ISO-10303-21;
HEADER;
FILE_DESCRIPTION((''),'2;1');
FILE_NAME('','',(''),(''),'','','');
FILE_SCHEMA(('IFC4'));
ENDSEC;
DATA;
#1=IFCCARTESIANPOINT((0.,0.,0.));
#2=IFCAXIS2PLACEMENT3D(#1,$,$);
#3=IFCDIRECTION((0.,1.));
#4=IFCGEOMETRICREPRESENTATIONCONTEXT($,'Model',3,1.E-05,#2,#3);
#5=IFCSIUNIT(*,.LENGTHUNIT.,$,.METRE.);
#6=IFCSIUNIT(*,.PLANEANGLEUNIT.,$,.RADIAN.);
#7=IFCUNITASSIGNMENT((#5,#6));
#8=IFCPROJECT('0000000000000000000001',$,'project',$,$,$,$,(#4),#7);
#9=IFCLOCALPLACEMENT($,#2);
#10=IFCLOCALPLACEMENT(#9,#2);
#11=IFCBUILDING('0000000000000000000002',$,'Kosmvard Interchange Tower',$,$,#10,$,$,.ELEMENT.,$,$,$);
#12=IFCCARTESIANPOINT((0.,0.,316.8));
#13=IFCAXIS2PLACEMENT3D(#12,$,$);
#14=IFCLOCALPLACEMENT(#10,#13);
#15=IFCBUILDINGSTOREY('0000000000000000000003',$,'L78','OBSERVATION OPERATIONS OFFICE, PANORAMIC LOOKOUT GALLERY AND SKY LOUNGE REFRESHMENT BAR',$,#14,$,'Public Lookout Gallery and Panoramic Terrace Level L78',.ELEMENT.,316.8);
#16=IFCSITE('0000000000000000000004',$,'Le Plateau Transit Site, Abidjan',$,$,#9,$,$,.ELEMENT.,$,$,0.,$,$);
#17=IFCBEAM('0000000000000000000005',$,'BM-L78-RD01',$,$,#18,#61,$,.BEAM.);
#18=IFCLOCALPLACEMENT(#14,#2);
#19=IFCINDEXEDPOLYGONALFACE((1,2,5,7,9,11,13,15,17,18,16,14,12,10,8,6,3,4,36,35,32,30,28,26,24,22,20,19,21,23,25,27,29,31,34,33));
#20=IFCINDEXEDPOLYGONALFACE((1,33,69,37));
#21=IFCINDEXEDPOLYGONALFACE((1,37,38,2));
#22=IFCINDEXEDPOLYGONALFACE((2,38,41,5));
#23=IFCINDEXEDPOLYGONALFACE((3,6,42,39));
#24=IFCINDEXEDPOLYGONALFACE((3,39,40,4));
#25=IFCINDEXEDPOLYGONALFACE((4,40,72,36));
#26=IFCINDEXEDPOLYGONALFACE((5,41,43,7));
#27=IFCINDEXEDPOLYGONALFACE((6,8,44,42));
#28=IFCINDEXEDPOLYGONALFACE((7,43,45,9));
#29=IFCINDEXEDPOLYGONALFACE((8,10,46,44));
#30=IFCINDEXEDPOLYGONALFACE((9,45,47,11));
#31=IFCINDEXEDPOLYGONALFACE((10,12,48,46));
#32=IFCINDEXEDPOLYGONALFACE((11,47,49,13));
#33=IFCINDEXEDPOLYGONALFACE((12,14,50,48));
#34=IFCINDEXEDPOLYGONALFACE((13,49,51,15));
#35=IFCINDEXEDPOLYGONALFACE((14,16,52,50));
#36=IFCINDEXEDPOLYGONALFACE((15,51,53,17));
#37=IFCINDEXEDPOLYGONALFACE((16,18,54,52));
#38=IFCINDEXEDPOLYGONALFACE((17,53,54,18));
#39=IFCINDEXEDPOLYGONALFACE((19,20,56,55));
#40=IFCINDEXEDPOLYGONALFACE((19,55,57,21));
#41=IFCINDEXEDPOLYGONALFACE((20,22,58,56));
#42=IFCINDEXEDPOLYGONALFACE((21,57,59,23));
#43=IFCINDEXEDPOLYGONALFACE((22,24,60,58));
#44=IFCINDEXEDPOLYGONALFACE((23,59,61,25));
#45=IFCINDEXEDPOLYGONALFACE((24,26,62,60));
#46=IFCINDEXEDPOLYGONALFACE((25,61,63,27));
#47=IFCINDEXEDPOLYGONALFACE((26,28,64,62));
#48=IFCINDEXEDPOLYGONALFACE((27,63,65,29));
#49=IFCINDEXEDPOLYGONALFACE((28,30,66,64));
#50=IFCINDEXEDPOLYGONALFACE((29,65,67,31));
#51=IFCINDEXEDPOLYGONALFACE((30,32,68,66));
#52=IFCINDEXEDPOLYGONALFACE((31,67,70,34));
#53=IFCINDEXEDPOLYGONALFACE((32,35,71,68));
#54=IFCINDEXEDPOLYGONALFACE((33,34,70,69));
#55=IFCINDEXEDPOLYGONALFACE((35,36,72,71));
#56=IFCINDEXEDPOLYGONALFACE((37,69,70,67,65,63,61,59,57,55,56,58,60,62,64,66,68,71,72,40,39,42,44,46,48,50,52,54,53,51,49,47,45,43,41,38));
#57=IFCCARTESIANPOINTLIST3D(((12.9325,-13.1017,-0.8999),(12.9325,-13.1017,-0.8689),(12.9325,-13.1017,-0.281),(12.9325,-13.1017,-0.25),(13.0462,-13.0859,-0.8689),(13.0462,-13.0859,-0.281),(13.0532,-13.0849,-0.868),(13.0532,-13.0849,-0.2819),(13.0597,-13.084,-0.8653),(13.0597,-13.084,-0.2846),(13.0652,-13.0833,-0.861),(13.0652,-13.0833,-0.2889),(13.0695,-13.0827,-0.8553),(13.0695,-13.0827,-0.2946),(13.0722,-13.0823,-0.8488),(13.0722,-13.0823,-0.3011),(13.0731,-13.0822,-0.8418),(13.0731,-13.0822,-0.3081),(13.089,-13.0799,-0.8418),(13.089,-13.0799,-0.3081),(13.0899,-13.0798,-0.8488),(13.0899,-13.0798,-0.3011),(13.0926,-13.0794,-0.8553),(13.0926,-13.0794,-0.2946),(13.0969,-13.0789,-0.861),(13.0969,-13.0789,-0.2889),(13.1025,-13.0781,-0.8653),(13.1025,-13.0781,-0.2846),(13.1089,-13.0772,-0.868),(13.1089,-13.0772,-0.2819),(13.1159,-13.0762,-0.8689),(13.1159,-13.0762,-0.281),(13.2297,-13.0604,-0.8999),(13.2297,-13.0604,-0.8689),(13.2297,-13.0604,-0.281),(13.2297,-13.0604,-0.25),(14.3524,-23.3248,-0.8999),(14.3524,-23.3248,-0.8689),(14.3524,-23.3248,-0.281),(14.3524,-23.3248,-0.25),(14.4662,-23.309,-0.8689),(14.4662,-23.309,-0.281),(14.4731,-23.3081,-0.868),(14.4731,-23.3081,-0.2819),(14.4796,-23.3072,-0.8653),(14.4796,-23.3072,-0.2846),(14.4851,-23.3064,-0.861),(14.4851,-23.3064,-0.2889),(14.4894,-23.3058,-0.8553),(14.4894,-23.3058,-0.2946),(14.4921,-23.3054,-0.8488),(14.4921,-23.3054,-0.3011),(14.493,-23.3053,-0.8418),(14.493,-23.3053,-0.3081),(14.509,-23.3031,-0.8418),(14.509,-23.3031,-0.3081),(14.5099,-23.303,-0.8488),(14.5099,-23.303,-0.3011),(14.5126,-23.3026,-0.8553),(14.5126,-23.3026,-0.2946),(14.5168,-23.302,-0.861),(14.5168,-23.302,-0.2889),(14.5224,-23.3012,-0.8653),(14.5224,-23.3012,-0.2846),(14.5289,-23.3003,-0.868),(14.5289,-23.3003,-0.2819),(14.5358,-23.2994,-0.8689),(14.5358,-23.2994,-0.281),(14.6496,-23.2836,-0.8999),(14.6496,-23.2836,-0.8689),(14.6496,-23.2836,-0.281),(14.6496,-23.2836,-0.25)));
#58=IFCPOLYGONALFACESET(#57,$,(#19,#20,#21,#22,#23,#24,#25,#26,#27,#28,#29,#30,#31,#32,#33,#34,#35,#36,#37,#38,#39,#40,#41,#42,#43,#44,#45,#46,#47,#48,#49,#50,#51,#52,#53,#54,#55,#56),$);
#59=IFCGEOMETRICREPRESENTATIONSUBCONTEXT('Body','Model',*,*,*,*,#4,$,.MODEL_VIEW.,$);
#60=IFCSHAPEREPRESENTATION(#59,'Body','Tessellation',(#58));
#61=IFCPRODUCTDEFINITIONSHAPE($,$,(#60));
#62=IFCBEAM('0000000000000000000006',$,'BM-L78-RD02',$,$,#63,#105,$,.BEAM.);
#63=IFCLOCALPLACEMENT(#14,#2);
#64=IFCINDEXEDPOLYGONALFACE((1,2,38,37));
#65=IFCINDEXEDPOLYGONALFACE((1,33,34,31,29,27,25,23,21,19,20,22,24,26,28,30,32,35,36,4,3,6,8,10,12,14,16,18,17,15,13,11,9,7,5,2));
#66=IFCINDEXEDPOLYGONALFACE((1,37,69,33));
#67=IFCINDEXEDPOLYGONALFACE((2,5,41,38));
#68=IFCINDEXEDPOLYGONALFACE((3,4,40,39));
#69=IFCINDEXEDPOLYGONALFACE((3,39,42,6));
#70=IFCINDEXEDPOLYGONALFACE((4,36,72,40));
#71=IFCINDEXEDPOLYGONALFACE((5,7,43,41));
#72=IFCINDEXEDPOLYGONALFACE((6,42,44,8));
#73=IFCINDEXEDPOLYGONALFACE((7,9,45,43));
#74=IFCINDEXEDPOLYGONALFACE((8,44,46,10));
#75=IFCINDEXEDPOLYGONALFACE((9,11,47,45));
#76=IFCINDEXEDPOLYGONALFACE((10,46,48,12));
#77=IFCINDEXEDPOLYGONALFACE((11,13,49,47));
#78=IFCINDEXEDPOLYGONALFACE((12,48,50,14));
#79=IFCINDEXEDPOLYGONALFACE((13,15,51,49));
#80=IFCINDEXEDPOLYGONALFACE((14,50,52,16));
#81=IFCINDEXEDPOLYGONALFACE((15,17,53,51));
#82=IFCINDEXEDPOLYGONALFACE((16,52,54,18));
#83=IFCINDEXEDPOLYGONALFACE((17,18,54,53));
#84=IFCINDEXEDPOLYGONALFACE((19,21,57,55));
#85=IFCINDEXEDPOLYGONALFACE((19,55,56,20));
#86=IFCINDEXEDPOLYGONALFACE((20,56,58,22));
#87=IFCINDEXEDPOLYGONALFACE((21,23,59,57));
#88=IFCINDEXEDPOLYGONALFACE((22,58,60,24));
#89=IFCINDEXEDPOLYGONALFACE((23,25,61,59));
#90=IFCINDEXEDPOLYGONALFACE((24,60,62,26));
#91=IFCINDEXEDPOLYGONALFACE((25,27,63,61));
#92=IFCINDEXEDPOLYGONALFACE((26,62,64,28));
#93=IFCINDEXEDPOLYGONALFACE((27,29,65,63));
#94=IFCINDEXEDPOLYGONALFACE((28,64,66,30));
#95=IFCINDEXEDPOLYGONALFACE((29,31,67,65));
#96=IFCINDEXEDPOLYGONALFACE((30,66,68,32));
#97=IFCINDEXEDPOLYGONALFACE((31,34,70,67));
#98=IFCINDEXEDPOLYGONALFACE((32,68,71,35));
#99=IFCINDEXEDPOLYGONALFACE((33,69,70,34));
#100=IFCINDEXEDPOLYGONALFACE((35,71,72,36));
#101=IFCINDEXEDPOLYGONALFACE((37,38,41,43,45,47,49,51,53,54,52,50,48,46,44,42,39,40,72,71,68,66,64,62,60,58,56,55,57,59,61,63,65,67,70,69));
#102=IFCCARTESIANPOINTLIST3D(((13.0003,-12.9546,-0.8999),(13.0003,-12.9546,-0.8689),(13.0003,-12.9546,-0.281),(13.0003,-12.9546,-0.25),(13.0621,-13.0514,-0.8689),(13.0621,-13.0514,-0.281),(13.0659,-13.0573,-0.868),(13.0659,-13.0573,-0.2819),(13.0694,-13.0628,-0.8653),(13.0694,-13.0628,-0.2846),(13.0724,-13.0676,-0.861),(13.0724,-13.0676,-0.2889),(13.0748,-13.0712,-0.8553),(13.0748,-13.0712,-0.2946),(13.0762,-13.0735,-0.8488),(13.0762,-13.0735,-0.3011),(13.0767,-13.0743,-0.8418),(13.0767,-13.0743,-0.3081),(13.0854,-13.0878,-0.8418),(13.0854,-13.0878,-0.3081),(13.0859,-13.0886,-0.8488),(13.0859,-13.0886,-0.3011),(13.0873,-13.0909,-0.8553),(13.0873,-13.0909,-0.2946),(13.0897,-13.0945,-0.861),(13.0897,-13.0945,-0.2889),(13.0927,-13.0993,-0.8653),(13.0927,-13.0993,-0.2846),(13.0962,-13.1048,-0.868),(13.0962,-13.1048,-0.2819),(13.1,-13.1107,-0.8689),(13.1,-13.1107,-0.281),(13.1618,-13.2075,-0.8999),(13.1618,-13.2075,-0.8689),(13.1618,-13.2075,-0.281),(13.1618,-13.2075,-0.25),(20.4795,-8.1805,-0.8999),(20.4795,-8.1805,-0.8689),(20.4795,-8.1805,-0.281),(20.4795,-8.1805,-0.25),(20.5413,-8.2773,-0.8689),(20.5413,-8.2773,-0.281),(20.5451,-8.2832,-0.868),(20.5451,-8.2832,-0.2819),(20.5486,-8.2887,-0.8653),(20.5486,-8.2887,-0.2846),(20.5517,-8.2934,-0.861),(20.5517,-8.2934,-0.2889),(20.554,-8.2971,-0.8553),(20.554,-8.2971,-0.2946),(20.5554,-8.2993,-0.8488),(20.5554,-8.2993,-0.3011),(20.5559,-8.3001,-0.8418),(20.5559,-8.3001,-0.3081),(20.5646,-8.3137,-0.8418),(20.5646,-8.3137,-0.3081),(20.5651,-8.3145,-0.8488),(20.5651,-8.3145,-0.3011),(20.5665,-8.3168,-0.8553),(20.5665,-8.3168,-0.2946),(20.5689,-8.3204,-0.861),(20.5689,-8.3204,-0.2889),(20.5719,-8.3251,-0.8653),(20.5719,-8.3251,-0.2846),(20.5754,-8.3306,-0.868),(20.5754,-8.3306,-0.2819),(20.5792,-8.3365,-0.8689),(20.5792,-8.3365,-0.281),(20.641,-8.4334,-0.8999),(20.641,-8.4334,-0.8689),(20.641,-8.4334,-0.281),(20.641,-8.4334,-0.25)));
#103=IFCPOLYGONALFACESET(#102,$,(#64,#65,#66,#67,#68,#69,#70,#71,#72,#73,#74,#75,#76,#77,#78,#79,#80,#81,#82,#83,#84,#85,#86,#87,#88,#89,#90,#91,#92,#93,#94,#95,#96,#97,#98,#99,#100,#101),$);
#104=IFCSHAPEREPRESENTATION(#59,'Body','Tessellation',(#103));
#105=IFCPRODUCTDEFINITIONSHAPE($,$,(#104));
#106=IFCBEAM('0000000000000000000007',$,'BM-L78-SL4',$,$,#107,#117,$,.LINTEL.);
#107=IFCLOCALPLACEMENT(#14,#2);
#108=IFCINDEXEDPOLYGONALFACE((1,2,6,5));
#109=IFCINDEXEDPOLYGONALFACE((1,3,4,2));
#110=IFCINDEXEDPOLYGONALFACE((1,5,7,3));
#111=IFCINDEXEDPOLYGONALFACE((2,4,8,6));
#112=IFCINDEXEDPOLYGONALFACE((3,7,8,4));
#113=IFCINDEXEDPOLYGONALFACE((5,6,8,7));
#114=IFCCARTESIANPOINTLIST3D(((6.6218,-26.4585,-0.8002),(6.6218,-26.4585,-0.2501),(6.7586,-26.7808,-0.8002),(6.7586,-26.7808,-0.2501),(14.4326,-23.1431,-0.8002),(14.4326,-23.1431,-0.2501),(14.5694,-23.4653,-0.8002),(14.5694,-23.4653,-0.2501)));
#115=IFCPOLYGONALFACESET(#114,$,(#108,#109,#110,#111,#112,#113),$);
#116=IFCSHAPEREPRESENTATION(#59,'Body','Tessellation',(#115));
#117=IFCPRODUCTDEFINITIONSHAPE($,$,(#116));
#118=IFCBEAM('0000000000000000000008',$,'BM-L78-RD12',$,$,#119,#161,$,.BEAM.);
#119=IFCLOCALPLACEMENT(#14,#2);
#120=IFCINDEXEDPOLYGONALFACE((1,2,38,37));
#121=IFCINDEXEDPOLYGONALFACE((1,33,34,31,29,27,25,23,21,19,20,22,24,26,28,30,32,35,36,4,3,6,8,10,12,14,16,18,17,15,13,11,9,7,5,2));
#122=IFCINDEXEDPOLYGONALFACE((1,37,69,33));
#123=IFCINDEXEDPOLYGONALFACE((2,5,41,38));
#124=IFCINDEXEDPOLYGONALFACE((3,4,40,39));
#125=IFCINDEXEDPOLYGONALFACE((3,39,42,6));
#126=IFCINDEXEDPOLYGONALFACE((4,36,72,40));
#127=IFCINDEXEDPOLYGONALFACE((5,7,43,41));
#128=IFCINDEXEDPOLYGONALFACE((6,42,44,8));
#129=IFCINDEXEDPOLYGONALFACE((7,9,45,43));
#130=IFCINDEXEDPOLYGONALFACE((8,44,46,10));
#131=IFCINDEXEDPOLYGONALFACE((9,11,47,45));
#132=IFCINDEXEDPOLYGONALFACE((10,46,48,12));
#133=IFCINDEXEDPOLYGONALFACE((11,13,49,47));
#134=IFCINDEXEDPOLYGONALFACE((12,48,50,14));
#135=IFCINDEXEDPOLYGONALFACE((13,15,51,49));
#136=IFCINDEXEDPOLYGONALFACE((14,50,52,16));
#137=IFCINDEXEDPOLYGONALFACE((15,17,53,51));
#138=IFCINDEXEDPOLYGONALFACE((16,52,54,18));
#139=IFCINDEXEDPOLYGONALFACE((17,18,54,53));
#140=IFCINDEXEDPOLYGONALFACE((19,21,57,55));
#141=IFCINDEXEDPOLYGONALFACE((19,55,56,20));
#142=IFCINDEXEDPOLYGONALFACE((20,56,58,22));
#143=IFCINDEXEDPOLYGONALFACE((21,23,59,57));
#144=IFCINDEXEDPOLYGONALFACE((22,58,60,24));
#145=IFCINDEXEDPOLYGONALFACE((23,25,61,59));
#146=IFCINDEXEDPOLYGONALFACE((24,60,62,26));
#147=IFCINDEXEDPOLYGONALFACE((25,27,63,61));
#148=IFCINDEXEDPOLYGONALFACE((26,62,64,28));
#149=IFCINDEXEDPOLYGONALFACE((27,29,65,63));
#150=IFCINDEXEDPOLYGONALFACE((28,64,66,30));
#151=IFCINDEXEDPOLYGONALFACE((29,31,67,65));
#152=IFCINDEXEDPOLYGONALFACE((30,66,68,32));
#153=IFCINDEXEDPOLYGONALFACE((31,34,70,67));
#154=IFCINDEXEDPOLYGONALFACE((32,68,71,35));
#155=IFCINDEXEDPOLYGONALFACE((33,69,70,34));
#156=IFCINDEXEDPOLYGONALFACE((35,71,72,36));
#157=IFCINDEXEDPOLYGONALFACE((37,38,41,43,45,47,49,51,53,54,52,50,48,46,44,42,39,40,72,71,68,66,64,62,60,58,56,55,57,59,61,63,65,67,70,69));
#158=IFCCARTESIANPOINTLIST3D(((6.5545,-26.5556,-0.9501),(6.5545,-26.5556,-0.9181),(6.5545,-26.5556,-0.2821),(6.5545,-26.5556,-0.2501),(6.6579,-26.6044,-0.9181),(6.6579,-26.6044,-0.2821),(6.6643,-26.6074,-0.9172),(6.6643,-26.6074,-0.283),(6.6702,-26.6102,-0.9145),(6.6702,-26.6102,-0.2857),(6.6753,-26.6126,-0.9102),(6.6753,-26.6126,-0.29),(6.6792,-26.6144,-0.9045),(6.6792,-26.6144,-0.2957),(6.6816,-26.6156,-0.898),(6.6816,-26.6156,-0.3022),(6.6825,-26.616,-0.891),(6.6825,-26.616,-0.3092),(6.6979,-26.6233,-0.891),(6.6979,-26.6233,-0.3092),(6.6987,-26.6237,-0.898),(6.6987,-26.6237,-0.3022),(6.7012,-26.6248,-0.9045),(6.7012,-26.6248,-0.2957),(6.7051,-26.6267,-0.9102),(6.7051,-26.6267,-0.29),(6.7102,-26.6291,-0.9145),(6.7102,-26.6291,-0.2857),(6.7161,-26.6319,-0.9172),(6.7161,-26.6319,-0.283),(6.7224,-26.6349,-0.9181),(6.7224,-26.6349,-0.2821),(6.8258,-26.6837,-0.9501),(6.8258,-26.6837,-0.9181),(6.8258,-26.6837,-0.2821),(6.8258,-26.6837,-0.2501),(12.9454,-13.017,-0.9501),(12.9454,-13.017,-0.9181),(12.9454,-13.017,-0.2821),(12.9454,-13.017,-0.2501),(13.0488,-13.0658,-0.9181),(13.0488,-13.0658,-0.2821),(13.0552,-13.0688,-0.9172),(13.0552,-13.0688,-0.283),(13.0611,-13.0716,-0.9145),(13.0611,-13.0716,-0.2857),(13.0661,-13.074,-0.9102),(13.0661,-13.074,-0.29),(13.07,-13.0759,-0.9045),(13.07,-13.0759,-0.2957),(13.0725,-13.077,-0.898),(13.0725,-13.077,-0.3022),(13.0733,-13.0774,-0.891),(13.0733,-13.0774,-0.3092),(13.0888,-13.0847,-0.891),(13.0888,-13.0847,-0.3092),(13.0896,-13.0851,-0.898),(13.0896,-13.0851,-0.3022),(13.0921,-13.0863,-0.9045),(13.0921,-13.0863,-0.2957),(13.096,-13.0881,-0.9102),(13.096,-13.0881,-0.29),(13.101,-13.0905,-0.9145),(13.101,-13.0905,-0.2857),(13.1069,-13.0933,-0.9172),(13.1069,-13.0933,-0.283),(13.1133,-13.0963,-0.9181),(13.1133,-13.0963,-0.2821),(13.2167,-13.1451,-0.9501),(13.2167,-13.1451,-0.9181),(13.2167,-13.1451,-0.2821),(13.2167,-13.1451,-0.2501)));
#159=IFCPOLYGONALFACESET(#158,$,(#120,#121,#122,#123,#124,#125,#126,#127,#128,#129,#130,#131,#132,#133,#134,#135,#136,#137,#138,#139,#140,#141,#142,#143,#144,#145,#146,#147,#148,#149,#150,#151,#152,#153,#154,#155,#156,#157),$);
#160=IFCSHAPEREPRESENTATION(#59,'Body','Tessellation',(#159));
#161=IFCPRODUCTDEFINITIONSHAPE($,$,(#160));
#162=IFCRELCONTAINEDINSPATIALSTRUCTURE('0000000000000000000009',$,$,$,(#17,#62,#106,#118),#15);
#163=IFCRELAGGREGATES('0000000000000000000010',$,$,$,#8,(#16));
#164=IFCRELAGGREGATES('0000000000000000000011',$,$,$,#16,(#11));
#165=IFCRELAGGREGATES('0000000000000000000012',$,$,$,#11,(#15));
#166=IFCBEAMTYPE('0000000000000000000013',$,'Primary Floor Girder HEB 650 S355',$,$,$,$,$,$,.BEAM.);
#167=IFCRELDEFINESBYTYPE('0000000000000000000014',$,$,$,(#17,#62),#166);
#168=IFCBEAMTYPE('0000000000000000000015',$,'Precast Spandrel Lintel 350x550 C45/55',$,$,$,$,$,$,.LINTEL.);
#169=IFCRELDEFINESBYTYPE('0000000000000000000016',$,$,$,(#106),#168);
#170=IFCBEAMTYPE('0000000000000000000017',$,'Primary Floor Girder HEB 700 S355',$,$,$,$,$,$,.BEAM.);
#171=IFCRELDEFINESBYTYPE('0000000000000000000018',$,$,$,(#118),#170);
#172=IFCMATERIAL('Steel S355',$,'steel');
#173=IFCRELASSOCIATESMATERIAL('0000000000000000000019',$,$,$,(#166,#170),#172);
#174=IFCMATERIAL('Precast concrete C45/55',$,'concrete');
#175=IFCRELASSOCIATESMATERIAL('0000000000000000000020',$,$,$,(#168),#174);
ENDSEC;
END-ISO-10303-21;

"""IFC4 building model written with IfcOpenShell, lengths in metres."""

from ifc_helpers import new_model, si_unit, direction, frame, origin, origin_2d, place, context, subcontext, project, spatial, rectangle, i_section, extrude, source, transform, mapped, material, material_profile, profile_set, type_object, element, save


model = new_model("IFC4")

# Units and contexts
model_context = context("Model", 3, precision=1e-05, world=origin(), true_north=direction((0.0, 1.0)))
body_context = subcontext(model_context, "Body", "Model", "MODEL_VIEW")
ifc_project = project(units=[si_unit("LENGTHUNIT", "METRE"), si_unit("PLANEANGLEUNIT", "RADIAN")], contexts=[model_context])

# Site, building, storey
site_placement = place(None, origin())
site = spatial("IfcSite", under=ifc_project, at=site_placement, Name="Le Plateau Transit Site, Abidjan", CompositionType="ELEMENT", RefElevation=0.0)
building_placement = place(site_placement, origin())
building = spatial("IfcBuilding", under=site, at=building_placement, Name="Kosmvard Interchange Tower", CompositionType="ELEMENT")
storey_placement = place(building_placement, frame((0.0, 0.0, 316.8)))
storey = spatial("IfcBuildingStorey", under=building, at=storey_placement, Name="L78", Description="OBSERVATION OPERATIONS OFFICE, PANORAMIC LOOKOUT GALLERY AND SKY LOUNGE REFRESHMENT BAR", LongName="Public Lookout Gallery and Panoramic Terrace Level L78", CompositionType="ELEMENT", Elevation=316.8)

# Beams
ifc_material_1 = material(Name="Steel S355", Category="steel")
ifc_material_profile_1 = material_profile(ifc_material_1, i_section(OverallWidth=0.3, OverallDepth=0.6499, WebThickness=0.0161, FlangeThickness=0.031, FilletRadius=0.0271, at=origin_2d()), Name="HEB 650")
ifc_profile_set_1 = profile_set([ifc_material_profile_1], Name="Steel S355")
beam_type_1 = type_object("IfcBeamType", Name="Primary Floor Girder HEB 650 S355", PredefinedType="BEAM", material=ifc_profile_set_1)
shared_shape_1 = source(origin(), body_context, "Body", "SweptSolid", [
    extrude(i_section(OverallWidth=0.3, OverallDepth=0.6499, WebThickness=0.0161, FlangeThickness=0.031, FilletRadius=0.0271, at=origin_2d()), origin(), (0.0, 0.0, 1.0), 10.3213),
])
beam_1_placement = place(storey_placement, frame((13.0811, -13.0811, -0.575), z_axis=(0.137572, -0.990492, 0.0), x_axis=(0.990492, 0.137572, 0.0)))
element("IfcBeam", 1, at=beam_1_placement, inside=storey, type_object=beam_type_1, Name="BM-L78-RD01", PredefinedType="BEAM", context=body_context, shape_type="MappedRepresentation", body=[
    mapped(shared_shape_1, transform((0.0, 0.0, 0.0), scale=1.0)),
])
shared_shape_2 = source(origin(), body_context, "Body", "SweptSolid", [
    extrude(i_section(OverallWidth=0.3, OverallDepth=0.6499, WebThickness=0.0161, FlangeThickness=0.031, FilletRadius=0.0271, at=origin_2d()), origin(), (0.0, 0.0, 1.0), 8.873),
])
beam_2_placement = place(storey_placement, frame((13.0811, -13.0811, -0.575), z_axis=(0.842913, 0.53805, 0.0), x_axis=(-0.53805, 0.842913, 0.0)))
element("IfcBeam", 2, at=beam_2_placement, inside=storey, type_object=beam_type_1, Name="BM-L78-RD02", PredefinedType="BEAM", context=body_context, shape_type="MappedRepresentation", body=[
    mapped(shared_shape_2, transform((0.0, 0.0, 0.0), scale=1.0)),
])
ifc_material_2 = material(Name="Precast concrete C45/55", Category="concrete")
ifc_material_profile_2 = material_profile(ifc_material_2, rectangle(XDim=0.3501, YDim=0.55, at=origin_2d()), Name="SL 350x550")
ifc_profile_set_2 = profile_set([ifc_material_profile_2], Name="Precast concrete C45/55")
beam_type_2 = type_object("IfcBeamType", Name="Precast Spandrel Lintel 350x550 C45/55", PredefinedType="LINTEL", material=ifc_profile_set_2)
shared_shape_3 = source(origin(), body_context, "Body", "SweptSolid", [
    extrude(rectangle(XDim=0.3501, YDim=0.55, at=origin_2d()), origin(), (0.0, 0.0, 1.0), 8.4854),
])
beam_3_placement = place(storey_placement, frame((6.6902, -26.6196, -0.5251), z_axis=(0.920507, 0.390726, 0.0), x_axis=(-0.390726, 0.920507, 0.0)))
element("IfcBeam", 3, at=beam_3_placement, inside=storey, type_object=beam_type_2, Name="BM-L78-SL4", PredefinedType="LINTEL", context=body_context, shape_type="MappedRepresentation", body=[
    mapped(shared_shape_3, transform((0.0, 0.0, 0.0), scale=1.0)),
])
ifc_material_profile_3 = material_profile(ifc_material_1, i_section(OverallWidth=0.3, OverallDepth=0.7, WebThickness=0.0171, FlangeThickness=0.032, FilletRadius=0.0271, at=origin_2d()), Name="HEB 700")
ifc_profile_set_3 = profile_set([ifc_material_profile_3], Name="Steel S355")
beam_type_3 = type_object("IfcBeamType", Name="Primary Floor Girder HEB 700 S355", PredefinedType="BEAM", material=ifc_profile_set_3)
shared_shape_4 = source(origin(), body_context, "Body", "SweptSolid", [
    extrude(i_section(OverallWidth=0.3, OverallDepth=0.7, WebThickness=0.0171, FlangeThickness=0.032, FilletRadius=0.0271, at=origin_2d()), origin(), (0.0, 0.0, 1.0), 14.9712),
])
beam_4_placement = place(storey_placement, frame((13.0811, -13.0811, -0.6001), z_axis=(-0.426878, -0.904309, 0.0), x_axis=(0.904309, -0.426878, 0.0)))
element("IfcBeam", 4, at=beam_4_placement, inside=storey, type_object=beam_type_3, Name="BM-L78-RD12", PredefinedType="BEAM", context=body_context, shape_type="MappedRepresentation", body=[
    mapped(shared_shape_4, transform((0.0, 0.0, 0.0), scale=1.0)),
])

save(model, "model.ifc")
